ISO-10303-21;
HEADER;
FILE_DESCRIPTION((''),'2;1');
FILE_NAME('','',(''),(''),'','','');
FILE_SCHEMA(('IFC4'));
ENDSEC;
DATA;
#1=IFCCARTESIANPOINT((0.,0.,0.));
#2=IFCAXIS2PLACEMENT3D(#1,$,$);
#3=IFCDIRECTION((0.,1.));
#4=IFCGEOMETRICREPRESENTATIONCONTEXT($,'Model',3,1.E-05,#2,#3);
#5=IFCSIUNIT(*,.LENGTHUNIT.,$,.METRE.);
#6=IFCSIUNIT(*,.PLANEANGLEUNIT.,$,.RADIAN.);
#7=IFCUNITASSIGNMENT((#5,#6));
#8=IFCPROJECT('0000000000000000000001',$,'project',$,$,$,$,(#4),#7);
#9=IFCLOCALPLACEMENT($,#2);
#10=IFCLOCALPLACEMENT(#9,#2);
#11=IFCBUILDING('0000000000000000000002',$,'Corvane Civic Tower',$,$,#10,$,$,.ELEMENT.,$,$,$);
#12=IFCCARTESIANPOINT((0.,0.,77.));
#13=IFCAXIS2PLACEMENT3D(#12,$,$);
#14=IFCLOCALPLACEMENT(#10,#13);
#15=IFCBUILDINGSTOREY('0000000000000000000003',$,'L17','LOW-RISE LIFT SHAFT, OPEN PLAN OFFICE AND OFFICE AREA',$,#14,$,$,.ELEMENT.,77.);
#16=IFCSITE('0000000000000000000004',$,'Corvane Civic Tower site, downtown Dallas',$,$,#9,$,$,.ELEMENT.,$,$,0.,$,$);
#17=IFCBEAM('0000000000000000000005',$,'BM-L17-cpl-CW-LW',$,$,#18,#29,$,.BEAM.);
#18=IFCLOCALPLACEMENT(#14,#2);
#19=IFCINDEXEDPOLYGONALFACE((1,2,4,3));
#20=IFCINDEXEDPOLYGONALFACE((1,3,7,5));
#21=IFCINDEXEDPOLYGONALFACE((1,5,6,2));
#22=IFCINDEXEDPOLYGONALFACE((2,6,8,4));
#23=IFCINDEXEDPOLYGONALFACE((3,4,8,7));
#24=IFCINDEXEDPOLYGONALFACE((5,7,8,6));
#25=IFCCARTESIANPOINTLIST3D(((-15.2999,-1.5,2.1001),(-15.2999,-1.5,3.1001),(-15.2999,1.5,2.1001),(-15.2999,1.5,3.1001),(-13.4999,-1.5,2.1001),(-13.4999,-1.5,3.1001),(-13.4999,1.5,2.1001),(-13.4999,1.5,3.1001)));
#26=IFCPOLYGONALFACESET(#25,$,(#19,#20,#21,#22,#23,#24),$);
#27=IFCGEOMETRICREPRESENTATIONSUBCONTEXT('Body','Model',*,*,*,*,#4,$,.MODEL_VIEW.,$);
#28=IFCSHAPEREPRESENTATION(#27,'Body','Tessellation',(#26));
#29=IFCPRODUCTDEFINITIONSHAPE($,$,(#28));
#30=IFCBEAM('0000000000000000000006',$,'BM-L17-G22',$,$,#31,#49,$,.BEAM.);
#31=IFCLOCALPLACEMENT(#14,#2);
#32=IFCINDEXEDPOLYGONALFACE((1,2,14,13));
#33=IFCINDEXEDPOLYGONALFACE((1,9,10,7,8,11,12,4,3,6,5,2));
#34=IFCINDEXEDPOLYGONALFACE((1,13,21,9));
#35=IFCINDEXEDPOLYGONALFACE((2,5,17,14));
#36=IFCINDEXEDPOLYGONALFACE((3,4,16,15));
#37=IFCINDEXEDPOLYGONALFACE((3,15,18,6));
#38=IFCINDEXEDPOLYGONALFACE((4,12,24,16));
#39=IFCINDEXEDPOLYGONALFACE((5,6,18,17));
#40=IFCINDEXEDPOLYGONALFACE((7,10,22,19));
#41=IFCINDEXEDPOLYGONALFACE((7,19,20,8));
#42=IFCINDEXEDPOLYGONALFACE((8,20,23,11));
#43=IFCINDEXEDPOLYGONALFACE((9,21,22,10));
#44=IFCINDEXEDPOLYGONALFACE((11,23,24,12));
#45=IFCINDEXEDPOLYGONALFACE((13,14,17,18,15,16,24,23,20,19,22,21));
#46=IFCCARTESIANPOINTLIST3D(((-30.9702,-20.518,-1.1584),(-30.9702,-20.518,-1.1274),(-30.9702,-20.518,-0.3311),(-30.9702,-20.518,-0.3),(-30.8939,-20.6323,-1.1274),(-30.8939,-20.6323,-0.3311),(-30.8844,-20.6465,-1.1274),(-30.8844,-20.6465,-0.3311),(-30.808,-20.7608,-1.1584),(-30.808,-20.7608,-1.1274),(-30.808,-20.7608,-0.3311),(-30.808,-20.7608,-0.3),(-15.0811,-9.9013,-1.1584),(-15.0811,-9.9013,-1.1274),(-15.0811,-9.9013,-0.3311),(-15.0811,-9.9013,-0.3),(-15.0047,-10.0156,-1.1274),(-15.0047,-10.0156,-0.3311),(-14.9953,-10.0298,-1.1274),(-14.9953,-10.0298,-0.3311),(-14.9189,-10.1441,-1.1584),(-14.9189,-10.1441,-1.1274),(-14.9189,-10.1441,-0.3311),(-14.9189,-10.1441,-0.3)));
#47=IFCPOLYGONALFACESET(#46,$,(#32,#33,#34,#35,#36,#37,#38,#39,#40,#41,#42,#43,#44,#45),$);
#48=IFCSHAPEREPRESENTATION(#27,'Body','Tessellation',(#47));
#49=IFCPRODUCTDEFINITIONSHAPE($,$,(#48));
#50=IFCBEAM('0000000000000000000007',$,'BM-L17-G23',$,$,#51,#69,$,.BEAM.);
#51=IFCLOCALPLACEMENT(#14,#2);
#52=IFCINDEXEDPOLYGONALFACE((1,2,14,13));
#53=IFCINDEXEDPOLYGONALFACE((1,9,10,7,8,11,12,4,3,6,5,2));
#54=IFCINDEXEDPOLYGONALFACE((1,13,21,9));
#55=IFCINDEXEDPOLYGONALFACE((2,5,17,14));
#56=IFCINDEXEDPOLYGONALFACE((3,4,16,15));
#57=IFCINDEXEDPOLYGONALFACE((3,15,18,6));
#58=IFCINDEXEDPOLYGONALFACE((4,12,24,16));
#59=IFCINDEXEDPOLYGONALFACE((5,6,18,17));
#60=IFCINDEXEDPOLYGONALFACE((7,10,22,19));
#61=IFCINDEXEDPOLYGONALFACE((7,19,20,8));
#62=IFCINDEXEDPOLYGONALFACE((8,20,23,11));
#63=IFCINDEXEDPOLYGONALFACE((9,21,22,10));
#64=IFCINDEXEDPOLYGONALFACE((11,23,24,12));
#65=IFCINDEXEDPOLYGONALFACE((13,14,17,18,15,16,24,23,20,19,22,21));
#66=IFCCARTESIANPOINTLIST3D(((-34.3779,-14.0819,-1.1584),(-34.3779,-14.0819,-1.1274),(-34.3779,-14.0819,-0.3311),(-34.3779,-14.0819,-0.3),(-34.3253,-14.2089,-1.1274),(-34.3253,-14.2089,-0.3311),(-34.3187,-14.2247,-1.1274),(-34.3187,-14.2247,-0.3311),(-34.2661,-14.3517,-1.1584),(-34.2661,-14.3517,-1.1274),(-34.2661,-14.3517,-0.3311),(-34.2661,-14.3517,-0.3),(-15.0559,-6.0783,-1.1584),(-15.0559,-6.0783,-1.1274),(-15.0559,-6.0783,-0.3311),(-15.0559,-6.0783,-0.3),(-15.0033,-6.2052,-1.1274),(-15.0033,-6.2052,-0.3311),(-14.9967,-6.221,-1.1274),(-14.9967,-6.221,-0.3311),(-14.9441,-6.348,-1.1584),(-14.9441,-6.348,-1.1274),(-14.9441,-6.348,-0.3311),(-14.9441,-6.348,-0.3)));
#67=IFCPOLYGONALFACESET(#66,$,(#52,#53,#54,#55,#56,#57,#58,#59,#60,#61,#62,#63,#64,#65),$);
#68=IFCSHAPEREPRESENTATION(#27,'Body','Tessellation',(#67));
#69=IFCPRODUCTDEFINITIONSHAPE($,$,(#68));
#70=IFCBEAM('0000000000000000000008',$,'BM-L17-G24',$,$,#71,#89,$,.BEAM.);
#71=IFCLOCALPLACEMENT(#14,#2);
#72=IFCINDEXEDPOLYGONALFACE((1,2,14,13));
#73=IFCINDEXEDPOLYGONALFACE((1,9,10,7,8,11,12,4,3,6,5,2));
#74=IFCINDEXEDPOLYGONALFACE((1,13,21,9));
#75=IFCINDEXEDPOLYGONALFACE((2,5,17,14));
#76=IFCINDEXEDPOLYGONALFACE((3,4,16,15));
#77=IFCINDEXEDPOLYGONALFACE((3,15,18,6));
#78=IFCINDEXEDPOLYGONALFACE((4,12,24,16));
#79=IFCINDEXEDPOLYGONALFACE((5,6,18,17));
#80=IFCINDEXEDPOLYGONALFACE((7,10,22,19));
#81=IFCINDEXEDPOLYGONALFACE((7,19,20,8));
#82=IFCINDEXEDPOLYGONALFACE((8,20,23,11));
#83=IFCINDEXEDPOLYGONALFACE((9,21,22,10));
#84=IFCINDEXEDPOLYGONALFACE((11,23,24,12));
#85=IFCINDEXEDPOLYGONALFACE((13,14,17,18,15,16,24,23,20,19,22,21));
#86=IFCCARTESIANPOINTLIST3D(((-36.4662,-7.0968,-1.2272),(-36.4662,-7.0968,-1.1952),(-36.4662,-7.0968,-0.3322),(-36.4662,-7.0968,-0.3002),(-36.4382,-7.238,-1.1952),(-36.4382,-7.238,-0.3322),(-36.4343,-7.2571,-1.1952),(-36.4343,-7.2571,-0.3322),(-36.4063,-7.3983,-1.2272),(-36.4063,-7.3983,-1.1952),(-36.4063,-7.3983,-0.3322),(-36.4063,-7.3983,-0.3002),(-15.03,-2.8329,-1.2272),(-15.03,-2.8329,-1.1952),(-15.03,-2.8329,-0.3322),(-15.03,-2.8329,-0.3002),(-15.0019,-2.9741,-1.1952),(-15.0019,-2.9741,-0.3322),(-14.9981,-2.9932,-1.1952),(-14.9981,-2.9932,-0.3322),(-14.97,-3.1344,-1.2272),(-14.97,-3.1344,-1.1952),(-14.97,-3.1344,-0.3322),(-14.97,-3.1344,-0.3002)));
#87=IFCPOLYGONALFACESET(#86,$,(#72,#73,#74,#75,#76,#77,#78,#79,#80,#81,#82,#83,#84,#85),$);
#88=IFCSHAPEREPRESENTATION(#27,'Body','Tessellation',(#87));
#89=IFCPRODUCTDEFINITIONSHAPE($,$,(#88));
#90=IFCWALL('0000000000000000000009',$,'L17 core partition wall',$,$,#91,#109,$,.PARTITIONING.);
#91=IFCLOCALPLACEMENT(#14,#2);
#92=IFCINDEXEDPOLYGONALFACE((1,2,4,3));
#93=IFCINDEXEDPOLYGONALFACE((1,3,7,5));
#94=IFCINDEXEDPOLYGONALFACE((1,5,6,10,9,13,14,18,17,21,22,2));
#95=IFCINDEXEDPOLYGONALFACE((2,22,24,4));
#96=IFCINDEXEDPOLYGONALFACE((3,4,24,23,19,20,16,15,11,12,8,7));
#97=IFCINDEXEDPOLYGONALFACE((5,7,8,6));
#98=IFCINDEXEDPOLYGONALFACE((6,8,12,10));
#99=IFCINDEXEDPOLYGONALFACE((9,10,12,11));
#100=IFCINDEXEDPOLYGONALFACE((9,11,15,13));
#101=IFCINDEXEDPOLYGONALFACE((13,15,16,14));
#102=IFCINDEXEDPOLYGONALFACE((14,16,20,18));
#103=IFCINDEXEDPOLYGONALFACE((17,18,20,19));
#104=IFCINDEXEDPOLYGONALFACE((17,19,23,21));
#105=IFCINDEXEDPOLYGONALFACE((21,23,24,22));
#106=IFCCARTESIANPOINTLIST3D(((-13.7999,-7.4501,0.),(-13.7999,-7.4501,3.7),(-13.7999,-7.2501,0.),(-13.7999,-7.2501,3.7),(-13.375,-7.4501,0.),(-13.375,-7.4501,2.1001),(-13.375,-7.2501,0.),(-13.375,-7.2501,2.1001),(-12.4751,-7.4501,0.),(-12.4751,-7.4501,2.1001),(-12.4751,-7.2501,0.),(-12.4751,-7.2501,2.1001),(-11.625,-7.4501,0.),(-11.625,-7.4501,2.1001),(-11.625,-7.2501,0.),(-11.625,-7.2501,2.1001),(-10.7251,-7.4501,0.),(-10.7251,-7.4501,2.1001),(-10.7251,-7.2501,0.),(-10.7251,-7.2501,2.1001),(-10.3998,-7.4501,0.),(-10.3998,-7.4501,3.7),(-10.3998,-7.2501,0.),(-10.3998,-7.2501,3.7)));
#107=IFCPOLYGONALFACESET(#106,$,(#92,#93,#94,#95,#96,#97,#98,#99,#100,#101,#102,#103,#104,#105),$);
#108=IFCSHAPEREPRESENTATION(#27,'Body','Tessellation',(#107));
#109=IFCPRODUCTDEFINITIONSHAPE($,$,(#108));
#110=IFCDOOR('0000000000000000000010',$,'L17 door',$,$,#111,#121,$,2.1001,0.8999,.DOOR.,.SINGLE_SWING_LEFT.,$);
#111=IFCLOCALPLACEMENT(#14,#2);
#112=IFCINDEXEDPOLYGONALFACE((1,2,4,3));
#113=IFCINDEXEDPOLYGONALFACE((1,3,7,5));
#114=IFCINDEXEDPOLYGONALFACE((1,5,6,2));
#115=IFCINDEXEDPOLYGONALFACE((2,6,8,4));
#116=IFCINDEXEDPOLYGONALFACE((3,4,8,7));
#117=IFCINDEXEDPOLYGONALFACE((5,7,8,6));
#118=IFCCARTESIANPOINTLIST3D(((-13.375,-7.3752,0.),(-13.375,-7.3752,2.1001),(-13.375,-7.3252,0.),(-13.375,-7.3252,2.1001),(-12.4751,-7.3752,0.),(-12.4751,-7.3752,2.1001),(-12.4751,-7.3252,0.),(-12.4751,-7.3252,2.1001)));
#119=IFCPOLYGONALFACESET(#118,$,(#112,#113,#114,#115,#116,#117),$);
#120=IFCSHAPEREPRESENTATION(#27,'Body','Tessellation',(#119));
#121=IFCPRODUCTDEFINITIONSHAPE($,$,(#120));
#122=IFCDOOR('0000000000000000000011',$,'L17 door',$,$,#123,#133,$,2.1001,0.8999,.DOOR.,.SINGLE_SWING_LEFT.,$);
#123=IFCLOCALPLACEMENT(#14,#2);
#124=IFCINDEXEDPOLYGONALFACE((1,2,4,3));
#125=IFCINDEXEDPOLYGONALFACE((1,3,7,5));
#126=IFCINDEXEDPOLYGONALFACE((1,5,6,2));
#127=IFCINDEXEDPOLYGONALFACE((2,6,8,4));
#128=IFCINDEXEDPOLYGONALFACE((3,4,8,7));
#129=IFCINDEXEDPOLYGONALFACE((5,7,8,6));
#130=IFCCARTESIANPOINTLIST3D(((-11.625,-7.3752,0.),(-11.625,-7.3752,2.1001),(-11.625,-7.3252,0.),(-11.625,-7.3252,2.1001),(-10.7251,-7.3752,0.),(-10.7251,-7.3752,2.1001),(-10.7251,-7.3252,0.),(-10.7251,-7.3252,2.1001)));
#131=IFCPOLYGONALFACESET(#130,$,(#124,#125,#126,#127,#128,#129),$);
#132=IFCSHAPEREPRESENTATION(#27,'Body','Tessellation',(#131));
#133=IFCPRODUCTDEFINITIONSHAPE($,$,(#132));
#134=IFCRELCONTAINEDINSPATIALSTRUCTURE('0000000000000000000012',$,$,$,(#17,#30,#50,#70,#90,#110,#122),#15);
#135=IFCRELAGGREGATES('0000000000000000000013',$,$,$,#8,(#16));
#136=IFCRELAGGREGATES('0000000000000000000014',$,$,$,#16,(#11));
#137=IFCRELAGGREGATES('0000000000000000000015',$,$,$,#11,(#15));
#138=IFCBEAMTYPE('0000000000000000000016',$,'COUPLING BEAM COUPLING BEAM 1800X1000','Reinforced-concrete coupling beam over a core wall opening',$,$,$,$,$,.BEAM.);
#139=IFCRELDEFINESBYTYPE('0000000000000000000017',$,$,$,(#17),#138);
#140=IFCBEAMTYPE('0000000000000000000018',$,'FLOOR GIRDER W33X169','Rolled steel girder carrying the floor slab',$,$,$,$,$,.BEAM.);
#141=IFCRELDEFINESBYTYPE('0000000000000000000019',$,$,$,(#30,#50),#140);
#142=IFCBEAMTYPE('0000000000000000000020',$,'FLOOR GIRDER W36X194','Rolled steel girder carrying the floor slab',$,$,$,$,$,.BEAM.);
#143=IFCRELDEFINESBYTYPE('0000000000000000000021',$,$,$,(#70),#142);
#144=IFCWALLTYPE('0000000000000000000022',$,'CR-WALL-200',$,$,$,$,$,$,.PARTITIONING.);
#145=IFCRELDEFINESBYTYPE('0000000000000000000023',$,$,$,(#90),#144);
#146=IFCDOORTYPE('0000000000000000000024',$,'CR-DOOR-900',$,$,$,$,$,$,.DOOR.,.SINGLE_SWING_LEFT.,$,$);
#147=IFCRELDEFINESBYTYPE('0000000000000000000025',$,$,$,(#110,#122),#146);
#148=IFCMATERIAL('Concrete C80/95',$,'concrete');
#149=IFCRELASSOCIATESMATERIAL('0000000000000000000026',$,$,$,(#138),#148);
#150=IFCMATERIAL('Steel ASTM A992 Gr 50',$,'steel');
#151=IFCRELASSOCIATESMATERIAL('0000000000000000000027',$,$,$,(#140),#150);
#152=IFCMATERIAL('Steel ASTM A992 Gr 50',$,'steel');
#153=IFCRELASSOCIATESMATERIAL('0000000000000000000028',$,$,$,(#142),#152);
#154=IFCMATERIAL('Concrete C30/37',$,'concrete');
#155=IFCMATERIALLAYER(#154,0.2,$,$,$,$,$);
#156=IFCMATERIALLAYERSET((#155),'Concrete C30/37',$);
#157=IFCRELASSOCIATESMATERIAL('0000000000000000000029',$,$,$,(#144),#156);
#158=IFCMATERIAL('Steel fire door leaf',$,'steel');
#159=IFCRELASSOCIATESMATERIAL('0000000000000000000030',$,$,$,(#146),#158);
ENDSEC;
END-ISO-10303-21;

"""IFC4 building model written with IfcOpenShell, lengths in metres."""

from ifc_helpers import new_model, si_unit, direction, frame, frame_2d, origin, origin_2d, place, context, subcontext, project, spatial, rectangle, i_section, extrude, material, layer, layer_set, material_profile, profile_set, type_object, element, fill, save


model = new_model("IFC4")

# Units and contexts
model_context = context("Model", 3, precision=1e-05, world=origin(), true_north=direction((0.0, 1.0)))
body_context = subcontext(model_context, "Body", "Model", "MODEL_VIEW")
ifc_project = project(units=[si_unit("LENGTHUNIT", "METRE"), si_unit("PLANEANGLEUNIT", "RADIAN")], contexts=[model_context])

# Site, building, storey
site_placement = place(None, origin())
site = spatial("IfcSite", under=ifc_project, at=site_placement, Name="Corvane Civic Tower site, downtown Dallas", CompositionType="ELEMENT", RefElevation=0.0)
building_placement = place(site_placement, origin())
building = spatial("IfcBuilding", under=site, at=building_placement, Name="Corvane Civic Tower", CompositionType="ELEMENT")
storey_placement = place(building_placement, frame((0.0, 0.0, 77.0)))
storey = spatial("IfcBuildingStorey", under=building, at=storey_placement, Name="L17", Description="LOW-RISE LIFT SHAFT, OPEN PLAN OFFICE AND OFFICE AREA", CompositionType="ELEMENT", Elevation=77.0)

# Beams
ifc_material_1 = material(Name="Concrete C80/95", Category="concrete")
ifc_material_profile_1 = material_profile(ifc_material_1, rectangle(XDim=1.8, YDim=1.0, at=origin_2d()), Name="COUPLING BEAM 1800X1000")
ifc_profile_set_1 = profile_set([ifc_material_profile_1], Name="Concrete C80/95")
beam_type_1 = type_object("IfcBeamType", Name="COUPLING BEAM COUPLING BEAM 1800X1000", Description="Reinforced-concrete coupling beam over a core wall opening", PredefinedType="BEAM", material=ifc_profile_set_1)
beam_1_placement = place(storey_placement, frame((-14.3999, -1.5, 2.6001), z_axis=(0.0, 1.0, 0.0), x_axis=(-1.0, 0.0, 0.0)))
element("IfcBeam", 1, at=beam_1_placement, inside=storey, type_object=beam_type_1, Name="BM-L17-cpl-CW-LW", PredefinedType="BEAM", context=body_context, shape_type="SweptSolid", body=[
    extrude(rectangle(XDim=1.8, YDim=1.0, at=origin_2d()), origin(), (0.0, 0.0, 1.0), 3.0),
])
ifc_material_2 = material(Name="Steel ASTM A992 Gr 50", Category="steel")
ifc_material_profile_2 = material_profile(ifc_material_2, i_section(OverallWidth=0.292, OverallDepth=0.8584, WebThickness=0.0171, FlangeThickness=0.031, at=origin_2d()), Name="W33X169")
ifc_profile_set_2 = profile_set([ifc_material_profile_2], Name="Steel ASTM A992 Gr 50")
beam_type_2 = type_object("IfcBeamType", Name="FLOOR GIRDER W33X169", Description="Rolled steel girder carrying the floor slab", PredefinedType="BEAM", material=ifc_profile_set_2)
beam_2_placement = place(storey_placement, frame((-15.0, -10.0227, -0.7292), z_axis=(-0.831472, -0.555567, 0.0), x_axis=(0.555567, -0.831472, 0.0)))
element("IfcBeam", 2, at=beam_2_placement, inside=storey, type_object=beam_type_2, Name="BM-L17-G22", PredefinedType="BEAM", context=body_context, shape_type="SweptSolid", body=[
    extrude(i_section(OverallWidth=0.292, OverallDepth=0.8584, WebThickness=0.0171, FlangeThickness=0.031, at=origin_2d()), origin(), (0.0, 0.0, 1.0), 19.1096),
])
beam_3_placement = place(storey_placement, frame((-15.0, -6.2131, -0.7292), z_axis=(-0.923876, -0.382692, 0.0), x_axis=(0.382692, -0.923876, 0.0)))
element("IfcBeam", 3, at=beam_3_placement, inside=storey, type_object=beam_type_2, Name="BM-L17-G23", PredefinedType="BEAM", context=body_context, shape_type="SweptSolid", body=[
    extrude(i_section(OverallWidth=0.292, OverallDepth=0.8584, WebThickness=0.0171, FlangeThickness=0.031, at=origin_2d()), origin(), (0.0, 0.0, 1.0), 20.9141),
])
ifc_material_3 = material(Name="Steel ASTM A992 Gr 50", Category="steel")
ifc_material_profile_3 = material_profile(ifc_material_3, i_section(OverallWidth=0.3074, OverallDepth=0.927, WebThickness=0.0195, FlangeThickness=0.032, at=origin_2d()), Name="W36X194")
ifc_profile_set_3 = profile_set([ifc_material_profile_3], Name="Steel ASTM A992 Gr 50")
beam_type_3 = type_object("IfcBeamType", Name="FLOOR GIRDER W36X194", Description="Rolled steel girder carrying the floor slab", PredefinedType="BEAM", material=ifc_profile_set_3)
beam_4_placement = place(storey_placement, frame((-15.0, -2.9836, -0.7637), z_axis=(-0.980785, -0.195089, 0.0), x_axis=(0.195089, -0.980785, 0.0)))
element("IfcBeam", 4, at=beam_4_placement, inside=storey, type_object=beam_type_3, Name="BM-L17-G24", PredefinedType="BEAM", context=body_context, shape_type="SweptSolid", body=[
    extrude(i_section(OverallWidth=0.3074, OverallDepth=0.927, WebThickness=0.0195, FlangeThickness=0.032, at=origin_2d()), origin(), (0.0, 0.0, 1.0), 21.8562),
])

# Wall, openings, doors
ifc_material_4 = material(Name="Concrete C30/37", Category="concrete")
ifc_layer_1 = layer(ifc_material_4, 0.2)
ifc_layer_set_1 = layer_set([ifc_layer_1], Name="Concrete C30/37")
wall_type_1 = type_object("IfcWallType", Name="CR-WALL-200", PredefinedType="PARTITIONING", material=ifc_layer_set_1)
wall_1_placement = place(storey_placement, frame((-13.8, -7.3501, 0.0), z_axis=(0.0, 0.0, 1.0), x_axis=(1.0, 0.0, 0.0)))
wall_1 = element("IfcWall", 5, at=wall_1_placement, inside=storey, type_object=wall_type_1, Name="L17 core partition wall", PredefinedType="PARTITIONING", context=body_context, shape_type="SweptSolid", body=[
    extrude(rectangle(XDim=3.4001, YDim=0.2, at=frame_2d((1.7002, 0.0))), origin(), (0.0, 0.0, 1.0), 3.7),
])
opening_1_placement = place(wall_1_placement, frame((0.425, 0.0, 0.0)))
opening_1 = element("IfcOpeningElement", 6, at=opening_1_placement, cuts=wall_1, PredefinedType="OPENING", context=body_context, shape_type="SweptSolid", body=[
    extrude(rectangle(XDim=0.8999, YDim=2.1001, at=frame_2d((0.45, 1.05))), frame((0.0, 0.1099, 0.0), z_axis=(0.0, -1.0, 0.0), x_axis=(1.0, 0.0, 0.0)), (0.0, 0.0, 1.0), 0.22),
])
opening_2_placement = place(wall_1_placement, frame((2.175, 0.0, 0.0)))
opening_2 = element("IfcOpeningElement", 7, at=opening_2_placement, cuts=wall_1, PredefinedType="OPENING", context=body_context, shape_type="SweptSolid", body=[
    extrude(rectangle(XDim=0.8999, YDim=2.1001, at=frame_2d((0.45, 1.05))), frame((0.0, 0.1099, 0.0), z_axis=(0.0, -1.0, 0.0), x_axis=(1.0, 0.0, 0.0)), (0.0, 0.0, 1.0), 0.22),
])
ifc_material_5 = material(Name="Steel fire door leaf", Category="steel")
door_type_1 = type_object("IfcDoorType", Name="CR-DOOR-900", OperationType="SINGLE_SWING_LEFT", PredefinedType="DOOR", material=ifc_material_5)
door_1_placement = place(opening_1_placement, origin())
door_1 = element("IfcDoor", 8, at=door_1_placement, inside=storey, type_object=door_type_1, Name="L17 door", OperationType="SINGLE_SWING_LEFT", OverallHeight=2.1001, OverallWidth=0.8999, PredefinedType="DOOR", context=body_context, shape_type="SweptSolid", body=[
    extrude(rectangle(XDim=0.8999, YDim=2.1001, at=frame_2d((0.45, 1.05))), frame((0.0, 0.0249, 0.0), z_axis=(0.0, -1.0, 0.0), x_axis=(1.0, 0.0, 0.0)), (0.0, 0.0, 1.0), 0.05),
])
fill(opening_1, door_1)
door_2_placement = place(opening_2_placement, origin())
door_2 = element("IfcDoor", 9, at=door_2_placement, inside=storey, type_object=door_type_1, Name="L17 door", OperationType="SINGLE_SWING_LEFT", OverallHeight=2.1001, OverallWidth=0.8999, PredefinedType="DOOR", context=body_context, shape_type="SweptSolid", body=[
    extrude(rectangle(XDim=0.8999, YDim=2.1001, at=frame_2d((0.45, 1.05))), frame((0.0, 0.0249, 0.0), z_axis=(0.0, -1.0, 0.0), x_axis=(1.0, 0.0, 0.0)), (0.0, 0.0, 1.0), 0.05),
])
fill(opening_2, door_2)

save(model, "model.ifc")
